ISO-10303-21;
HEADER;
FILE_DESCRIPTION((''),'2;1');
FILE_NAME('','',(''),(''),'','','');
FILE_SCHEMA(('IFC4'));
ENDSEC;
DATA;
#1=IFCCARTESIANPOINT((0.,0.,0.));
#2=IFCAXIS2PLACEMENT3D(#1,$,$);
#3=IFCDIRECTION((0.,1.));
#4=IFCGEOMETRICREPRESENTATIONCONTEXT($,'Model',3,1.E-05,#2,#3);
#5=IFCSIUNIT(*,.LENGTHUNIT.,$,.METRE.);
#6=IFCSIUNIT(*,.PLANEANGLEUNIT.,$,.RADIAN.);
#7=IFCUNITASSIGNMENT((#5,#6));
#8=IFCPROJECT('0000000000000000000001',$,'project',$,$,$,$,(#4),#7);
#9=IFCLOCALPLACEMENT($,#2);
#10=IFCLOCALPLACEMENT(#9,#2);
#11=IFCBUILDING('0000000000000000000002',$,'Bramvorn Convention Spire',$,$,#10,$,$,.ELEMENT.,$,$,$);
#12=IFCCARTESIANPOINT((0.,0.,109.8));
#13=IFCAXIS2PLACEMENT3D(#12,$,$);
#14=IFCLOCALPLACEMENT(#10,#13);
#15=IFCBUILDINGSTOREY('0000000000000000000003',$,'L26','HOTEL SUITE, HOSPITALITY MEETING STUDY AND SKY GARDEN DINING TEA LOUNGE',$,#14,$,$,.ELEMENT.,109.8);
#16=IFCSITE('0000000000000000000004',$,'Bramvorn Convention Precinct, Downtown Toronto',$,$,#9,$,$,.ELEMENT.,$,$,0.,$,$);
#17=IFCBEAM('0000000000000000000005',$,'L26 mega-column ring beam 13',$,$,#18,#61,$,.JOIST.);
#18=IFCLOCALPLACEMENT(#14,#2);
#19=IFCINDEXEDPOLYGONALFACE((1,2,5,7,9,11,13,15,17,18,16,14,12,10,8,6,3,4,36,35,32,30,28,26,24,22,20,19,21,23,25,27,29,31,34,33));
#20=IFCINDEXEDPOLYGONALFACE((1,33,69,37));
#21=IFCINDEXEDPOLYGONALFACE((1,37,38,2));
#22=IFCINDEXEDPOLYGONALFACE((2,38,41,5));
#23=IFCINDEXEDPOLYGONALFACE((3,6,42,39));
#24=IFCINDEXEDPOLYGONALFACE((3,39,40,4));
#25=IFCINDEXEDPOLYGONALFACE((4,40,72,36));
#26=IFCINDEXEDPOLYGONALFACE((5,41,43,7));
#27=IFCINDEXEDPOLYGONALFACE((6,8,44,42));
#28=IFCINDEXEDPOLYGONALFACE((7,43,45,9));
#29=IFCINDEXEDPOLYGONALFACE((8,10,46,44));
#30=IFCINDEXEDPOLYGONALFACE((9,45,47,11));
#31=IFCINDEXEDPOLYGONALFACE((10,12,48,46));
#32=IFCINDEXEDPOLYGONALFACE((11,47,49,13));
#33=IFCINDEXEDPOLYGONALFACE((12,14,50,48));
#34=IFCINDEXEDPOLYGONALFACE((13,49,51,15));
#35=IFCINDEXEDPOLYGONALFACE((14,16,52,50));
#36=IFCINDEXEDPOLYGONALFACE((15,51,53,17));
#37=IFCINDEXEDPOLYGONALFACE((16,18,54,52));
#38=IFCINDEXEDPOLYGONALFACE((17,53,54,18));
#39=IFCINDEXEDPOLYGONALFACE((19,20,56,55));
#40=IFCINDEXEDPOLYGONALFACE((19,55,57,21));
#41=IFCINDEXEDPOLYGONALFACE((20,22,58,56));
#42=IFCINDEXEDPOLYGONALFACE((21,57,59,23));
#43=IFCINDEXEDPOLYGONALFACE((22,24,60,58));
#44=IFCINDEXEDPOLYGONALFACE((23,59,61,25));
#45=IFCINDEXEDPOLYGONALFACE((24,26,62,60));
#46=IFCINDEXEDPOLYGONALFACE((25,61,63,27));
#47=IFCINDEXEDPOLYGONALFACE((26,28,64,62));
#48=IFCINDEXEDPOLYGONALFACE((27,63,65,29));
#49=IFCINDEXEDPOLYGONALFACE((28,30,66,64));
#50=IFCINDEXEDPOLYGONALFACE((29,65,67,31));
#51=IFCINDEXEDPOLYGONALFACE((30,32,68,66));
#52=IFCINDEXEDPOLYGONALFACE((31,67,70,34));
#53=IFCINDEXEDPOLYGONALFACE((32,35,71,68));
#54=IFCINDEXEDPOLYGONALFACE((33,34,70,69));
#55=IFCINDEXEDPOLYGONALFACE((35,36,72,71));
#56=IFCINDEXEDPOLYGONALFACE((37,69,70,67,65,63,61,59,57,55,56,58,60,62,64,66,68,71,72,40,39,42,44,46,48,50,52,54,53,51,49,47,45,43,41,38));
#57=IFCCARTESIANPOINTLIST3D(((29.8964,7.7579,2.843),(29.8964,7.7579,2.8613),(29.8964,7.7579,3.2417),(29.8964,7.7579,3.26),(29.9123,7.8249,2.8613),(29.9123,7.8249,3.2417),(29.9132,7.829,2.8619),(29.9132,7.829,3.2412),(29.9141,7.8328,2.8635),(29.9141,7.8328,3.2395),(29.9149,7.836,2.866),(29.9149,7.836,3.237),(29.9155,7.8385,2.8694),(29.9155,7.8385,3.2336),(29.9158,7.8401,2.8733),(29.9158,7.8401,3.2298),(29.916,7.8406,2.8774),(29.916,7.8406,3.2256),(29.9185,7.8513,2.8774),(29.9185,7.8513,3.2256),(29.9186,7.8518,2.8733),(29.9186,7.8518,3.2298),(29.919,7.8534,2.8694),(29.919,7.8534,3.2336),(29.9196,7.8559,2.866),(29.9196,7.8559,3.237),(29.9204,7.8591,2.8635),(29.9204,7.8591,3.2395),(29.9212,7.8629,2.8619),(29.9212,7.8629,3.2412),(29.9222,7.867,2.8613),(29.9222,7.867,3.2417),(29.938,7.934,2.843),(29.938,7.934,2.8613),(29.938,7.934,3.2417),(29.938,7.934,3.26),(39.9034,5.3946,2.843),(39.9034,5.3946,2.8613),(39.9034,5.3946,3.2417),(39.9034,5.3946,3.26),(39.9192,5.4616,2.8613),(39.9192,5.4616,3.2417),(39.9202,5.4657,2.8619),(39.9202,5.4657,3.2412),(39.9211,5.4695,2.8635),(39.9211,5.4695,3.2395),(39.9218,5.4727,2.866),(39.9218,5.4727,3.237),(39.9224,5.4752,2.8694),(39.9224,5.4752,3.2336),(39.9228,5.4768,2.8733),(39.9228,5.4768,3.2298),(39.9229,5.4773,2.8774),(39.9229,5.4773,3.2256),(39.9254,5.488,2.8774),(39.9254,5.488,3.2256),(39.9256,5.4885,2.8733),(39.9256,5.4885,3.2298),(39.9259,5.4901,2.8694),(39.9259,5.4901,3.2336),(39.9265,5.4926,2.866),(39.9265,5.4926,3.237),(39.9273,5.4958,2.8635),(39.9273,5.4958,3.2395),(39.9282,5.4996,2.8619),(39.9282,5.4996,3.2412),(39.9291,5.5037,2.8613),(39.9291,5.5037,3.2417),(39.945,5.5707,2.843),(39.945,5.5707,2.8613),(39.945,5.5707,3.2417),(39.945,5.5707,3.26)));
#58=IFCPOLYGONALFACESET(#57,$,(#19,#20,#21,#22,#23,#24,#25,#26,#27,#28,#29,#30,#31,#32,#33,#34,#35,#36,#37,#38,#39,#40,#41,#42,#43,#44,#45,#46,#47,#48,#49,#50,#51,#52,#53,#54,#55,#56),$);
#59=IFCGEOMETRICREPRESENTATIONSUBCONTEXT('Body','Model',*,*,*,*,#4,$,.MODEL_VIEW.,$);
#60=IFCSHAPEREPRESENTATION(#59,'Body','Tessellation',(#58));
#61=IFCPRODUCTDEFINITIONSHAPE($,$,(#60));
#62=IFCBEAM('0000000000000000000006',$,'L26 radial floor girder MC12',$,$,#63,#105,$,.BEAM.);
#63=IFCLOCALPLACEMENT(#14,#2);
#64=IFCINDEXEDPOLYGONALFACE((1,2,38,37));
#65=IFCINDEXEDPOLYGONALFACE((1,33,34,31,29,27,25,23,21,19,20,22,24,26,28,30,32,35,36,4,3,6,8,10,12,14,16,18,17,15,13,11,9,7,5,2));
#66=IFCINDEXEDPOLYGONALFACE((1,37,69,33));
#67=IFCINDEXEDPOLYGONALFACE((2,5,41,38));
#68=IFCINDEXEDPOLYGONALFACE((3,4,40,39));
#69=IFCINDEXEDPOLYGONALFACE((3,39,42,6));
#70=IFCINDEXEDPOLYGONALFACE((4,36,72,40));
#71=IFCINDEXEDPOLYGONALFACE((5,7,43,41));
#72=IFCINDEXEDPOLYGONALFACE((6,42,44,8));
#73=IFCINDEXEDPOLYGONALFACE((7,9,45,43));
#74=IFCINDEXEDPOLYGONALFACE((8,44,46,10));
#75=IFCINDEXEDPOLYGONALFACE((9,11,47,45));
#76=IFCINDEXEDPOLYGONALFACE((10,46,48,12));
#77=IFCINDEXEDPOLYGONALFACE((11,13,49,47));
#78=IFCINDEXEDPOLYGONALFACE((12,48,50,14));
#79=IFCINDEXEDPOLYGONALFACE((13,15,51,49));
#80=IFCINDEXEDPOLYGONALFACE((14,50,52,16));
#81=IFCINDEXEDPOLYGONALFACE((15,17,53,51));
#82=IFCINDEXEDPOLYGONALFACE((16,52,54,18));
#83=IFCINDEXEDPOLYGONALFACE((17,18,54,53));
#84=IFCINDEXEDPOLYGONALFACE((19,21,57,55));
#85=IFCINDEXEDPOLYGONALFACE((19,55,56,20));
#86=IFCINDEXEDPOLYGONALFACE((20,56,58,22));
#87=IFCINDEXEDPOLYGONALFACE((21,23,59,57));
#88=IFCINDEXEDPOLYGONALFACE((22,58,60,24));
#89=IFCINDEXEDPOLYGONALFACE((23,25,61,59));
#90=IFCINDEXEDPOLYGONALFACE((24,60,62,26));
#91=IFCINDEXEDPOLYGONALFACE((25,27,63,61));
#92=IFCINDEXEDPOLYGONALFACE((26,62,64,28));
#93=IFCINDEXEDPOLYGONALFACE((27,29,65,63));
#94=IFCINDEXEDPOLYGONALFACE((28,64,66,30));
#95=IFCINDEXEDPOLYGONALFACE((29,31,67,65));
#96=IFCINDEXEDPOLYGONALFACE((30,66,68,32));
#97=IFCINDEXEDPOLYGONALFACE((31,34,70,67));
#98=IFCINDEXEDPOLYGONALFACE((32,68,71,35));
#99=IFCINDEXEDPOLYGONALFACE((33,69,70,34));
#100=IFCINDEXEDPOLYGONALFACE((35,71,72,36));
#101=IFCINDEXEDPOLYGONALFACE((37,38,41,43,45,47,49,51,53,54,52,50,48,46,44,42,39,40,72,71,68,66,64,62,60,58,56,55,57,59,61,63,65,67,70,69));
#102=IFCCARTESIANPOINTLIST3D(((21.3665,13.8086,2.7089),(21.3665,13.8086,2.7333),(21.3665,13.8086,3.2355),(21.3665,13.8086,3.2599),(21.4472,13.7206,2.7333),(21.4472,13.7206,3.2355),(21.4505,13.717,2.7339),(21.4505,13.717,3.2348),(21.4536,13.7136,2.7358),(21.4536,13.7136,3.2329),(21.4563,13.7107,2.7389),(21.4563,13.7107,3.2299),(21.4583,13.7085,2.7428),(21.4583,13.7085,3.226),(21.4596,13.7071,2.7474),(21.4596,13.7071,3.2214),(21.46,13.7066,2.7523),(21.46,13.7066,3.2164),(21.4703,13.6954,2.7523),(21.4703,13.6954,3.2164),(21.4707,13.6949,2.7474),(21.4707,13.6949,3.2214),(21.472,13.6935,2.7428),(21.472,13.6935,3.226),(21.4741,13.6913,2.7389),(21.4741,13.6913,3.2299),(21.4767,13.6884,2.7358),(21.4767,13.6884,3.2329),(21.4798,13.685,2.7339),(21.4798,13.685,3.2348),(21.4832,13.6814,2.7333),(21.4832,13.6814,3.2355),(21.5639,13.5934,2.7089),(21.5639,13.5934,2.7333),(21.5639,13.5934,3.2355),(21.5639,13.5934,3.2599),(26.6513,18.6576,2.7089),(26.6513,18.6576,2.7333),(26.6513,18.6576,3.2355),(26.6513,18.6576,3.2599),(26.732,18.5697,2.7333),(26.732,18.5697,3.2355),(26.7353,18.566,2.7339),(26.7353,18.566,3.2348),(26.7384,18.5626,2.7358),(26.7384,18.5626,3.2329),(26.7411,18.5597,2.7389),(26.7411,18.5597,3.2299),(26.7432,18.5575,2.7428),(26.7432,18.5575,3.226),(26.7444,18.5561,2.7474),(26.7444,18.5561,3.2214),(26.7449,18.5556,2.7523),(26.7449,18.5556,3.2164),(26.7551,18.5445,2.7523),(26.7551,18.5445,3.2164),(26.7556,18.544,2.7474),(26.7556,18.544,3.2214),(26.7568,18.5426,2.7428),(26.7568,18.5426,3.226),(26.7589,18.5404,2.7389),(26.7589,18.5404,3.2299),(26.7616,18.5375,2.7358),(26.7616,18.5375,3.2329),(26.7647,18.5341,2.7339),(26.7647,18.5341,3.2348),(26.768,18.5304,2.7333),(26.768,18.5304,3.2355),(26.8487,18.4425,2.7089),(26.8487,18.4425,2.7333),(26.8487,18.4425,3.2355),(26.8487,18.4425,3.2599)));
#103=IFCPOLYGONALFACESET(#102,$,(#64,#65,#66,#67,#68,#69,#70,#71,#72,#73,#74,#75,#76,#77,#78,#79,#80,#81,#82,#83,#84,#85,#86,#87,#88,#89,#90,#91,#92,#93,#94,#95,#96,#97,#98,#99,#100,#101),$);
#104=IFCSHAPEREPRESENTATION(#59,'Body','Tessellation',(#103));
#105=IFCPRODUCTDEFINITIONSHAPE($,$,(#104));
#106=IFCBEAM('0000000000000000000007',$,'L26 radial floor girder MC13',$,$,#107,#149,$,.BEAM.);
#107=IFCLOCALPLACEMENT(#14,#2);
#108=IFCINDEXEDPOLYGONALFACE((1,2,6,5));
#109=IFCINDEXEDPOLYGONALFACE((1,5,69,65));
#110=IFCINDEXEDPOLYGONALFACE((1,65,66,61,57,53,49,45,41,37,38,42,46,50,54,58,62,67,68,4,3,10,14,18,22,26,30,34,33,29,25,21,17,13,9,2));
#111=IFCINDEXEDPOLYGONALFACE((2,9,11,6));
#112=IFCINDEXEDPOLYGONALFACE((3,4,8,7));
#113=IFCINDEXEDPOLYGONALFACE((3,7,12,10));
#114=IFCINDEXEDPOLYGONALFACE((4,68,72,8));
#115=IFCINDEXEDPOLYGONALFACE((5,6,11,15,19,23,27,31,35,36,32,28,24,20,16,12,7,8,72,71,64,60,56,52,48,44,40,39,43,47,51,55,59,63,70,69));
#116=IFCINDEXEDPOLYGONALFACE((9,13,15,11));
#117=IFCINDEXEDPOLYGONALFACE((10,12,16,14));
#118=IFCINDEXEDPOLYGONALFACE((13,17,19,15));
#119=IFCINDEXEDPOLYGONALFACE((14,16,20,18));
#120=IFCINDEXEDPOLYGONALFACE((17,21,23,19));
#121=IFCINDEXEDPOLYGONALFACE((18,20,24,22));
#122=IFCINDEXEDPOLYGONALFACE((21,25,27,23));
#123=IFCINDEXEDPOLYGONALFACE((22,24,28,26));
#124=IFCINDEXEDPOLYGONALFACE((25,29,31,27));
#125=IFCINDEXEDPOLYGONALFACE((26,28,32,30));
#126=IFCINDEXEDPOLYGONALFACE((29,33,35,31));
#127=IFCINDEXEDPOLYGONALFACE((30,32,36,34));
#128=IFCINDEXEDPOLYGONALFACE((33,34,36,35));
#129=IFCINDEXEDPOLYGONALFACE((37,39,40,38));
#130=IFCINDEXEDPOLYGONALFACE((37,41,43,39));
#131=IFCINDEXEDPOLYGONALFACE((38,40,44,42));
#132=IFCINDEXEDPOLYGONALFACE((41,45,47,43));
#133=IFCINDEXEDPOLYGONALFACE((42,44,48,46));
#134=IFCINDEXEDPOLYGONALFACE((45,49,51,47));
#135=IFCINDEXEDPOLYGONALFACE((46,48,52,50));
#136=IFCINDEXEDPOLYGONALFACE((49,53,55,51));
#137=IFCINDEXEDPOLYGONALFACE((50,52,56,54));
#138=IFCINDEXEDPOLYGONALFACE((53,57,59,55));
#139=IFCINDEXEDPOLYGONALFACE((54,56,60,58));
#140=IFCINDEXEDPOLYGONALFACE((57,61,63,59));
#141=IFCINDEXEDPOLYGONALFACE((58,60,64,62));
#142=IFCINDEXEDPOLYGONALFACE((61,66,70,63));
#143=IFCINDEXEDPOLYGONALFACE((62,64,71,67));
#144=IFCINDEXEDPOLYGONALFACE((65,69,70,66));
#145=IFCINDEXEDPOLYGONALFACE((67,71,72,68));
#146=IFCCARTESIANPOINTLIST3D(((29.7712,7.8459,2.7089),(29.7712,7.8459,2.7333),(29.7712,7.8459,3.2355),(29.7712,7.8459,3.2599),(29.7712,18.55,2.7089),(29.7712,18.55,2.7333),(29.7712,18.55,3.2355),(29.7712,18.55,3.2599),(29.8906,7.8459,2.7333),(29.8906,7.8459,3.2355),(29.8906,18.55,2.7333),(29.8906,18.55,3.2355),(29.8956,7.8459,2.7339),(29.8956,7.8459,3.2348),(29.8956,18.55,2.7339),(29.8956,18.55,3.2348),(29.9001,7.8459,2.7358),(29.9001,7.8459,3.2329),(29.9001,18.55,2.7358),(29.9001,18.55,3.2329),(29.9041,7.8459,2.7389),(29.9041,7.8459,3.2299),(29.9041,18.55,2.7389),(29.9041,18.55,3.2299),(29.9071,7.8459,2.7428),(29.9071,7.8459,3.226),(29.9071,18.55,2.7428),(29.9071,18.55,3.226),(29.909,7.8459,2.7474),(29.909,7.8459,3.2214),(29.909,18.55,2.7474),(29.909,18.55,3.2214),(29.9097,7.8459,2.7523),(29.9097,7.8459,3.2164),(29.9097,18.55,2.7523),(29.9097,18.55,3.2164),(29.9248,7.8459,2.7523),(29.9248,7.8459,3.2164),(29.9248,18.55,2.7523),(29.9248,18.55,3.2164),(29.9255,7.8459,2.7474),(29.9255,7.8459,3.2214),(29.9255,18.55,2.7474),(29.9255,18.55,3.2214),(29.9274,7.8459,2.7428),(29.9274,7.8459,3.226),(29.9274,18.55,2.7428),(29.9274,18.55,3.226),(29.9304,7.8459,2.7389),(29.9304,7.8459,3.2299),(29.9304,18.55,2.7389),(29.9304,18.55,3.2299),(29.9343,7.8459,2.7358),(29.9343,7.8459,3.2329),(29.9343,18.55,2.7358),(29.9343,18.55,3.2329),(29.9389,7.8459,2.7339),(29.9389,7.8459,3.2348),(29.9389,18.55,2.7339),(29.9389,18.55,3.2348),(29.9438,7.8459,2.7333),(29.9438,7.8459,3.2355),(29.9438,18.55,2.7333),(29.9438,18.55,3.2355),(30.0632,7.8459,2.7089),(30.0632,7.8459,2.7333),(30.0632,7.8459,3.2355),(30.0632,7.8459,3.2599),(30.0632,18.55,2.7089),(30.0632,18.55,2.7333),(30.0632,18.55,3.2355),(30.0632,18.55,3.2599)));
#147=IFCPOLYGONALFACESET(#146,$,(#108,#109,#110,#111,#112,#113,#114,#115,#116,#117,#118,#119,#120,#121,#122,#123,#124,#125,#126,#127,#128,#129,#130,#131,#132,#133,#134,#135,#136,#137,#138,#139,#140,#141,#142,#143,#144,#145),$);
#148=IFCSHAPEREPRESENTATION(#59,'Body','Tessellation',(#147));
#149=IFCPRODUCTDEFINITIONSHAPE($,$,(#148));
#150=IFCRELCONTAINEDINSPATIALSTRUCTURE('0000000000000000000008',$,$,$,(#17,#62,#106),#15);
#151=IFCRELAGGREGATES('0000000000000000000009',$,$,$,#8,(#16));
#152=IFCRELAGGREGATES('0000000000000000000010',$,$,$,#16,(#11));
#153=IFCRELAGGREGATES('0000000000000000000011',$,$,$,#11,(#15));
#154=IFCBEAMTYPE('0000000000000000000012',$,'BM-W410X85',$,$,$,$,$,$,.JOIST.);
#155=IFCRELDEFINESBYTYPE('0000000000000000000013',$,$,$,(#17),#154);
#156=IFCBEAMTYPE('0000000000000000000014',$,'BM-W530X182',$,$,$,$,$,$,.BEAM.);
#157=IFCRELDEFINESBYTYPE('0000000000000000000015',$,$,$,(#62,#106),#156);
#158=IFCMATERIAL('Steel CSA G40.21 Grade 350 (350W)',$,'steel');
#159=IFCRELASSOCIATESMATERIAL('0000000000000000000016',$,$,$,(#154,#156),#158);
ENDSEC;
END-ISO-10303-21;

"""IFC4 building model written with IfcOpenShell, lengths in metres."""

from ifc_helpers import new_model, si_unit, direction, frame, origin, origin_2d, place, context, subcontext, project, spatial, i_section, extrude, material, material_profile, profile_set, type_object, element, save


model = new_model("IFC4")

# Units and contexts
model_context = context("Model", 3, precision=1e-05, world=origin(), true_north=direction((0.0, 1.0)))
body_context = subcontext(model_context, "Body", "Model", "MODEL_VIEW")
ifc_project = project(units=[si_unit("LENGTHUNIT", "METRE"), si_unit("PLANEANGLEUNIT", "RADIAN")], contexts=[model_context])

# Site, building, storey
site_placement = place(None, origin())
site = spatial("IfcSite", under=ifc_project, at=site_placement, Name="Bramvorn Convention Precinct, Downtown Toronto", CompositionType="ELEMENT", RefElevation=0.0)
building_placement = place(site_placement, origin())
building = spatial("IfcBuilding", under=site, at=building_placement, Name="Bramvorn Convention Spire", CompositionType="ELEMENT")
storey_placement = place(building_placement, frame((0.0, 0.0, 109.8)))
storey = spatial("IfcBuildingStorey", under=building, at=storey_placement, Name="L26", Description="HOTEL SUITE, HOSPITALITY MEETING STUDY AND SKY GARDEN DINING TEA LOUNGE", CompositionType="ELEMENT", Elevation=109.8)

# Shared definitions
ifc_material_1 = material(Name="Steel CSA G40.21 Grade 350 (350W)", Category="steel")

# Beams
ifc_material_profile_1 = material_profile(ifc_material_1, i_section(OverallWidth=0.1809, OverallDepth=0.417, WebThickness=0.011, FlangeThickness=0.0183, FilletRadius=0.0161, at=origin_2d()))
ifc_profile_set_1 = profile_set([ifc_material_profile_1], Name="Steel CSA G40.21 Grade 350 (350W) - W410X85")
beam_type_1 = type_object("IfcBeamType", Name="BM-W410X85", PredefinedType="JOIST", material=ifc_profile_set_1)
beam_1_placement = place(storey_placement, frame((29.9172, 7.8459, 3.0515), z_axis=(0.973228, -0.229844, 0.0), x_axis=(0.229844, 0.973228, 0.0)))
element("IfcBeam", 1, at=beam_1_placement, inside=storey, type_object=beam_type_1, Name="L26 mega-column ring beam 13", PredefinedType="JOIST", context=body_context, shape_type="SweptSolid", body=[
    extrude(i_section(OverallWidth=0.1809, OverallDepth=0.417, WebThickness=0.011, FlangeThickness=0.0183, FilletRadius=0.0161, at=origin_2d()), origin(), (0.0, 0.0, 1.0), 10.2822),
])
ifc_material_profile_2 = material_profile(ifc_material_1, i_section(OverallWidth=0.292, OverallDepth=0.551, WebThickness=0.0151, FlangeThickness=0.0244, FilletRadius=0.019, at=origin_2d()))
ifc_profile_set_2 = profile_set([ifc_material_profile_2], Name="Steel CSA G40.21 Grade 350 (350W) - W530X182")
beam_type_2 = type_object("IfcBeamType", Name="BM-W530X182", PredefinedType="BEAM", material=ifc_profile_set_2)
beam_2_placement = place(storey_placement, frame((26.75, 18.55, 2.9844), z_axis=(-0.736833, -0.676074, 0.0), x_axis=(0.676074, -0.736833, 0.0)))
element("IfcBeam", 2, at=beam_2_placement, inside=storey, type_object=beam_type_2, Name="L26 radial floor girder MC12", PredefinedType="BEAM", context=body_context, shape_type="SweptSolid", body=[
    extrude(i_section(OverallWidth=0.292, OverallDepth=0.551, WebThickness=0.0151, FlangeThickness=0.0244, FilletRadius=0.019, at=origin_2d()), origin(), (0.0, 0.0, 1.0), 7.1724),
])
beam_3_placement = place(storey_placement, frame((29.9172, 18.55, 2.9844), z_axis=(0.0, -1.0, 0.0), x_axis=(1.0, 0.0, 0.0)))
element("IfcBeam", 3, at=beam_3_placement, inside=storey, type_object=beam_type_2, Name="L26 radial floor girder MC13", PredefinedType="BEAM", context=body_context, shape_type="SweptSolid", body=[
    extrude(i_section(OverallWidth=0.292, OverallDepth=0.551, WebThickness=0.0151, FlangeThickness=0.0244, FilletRadius=0.019, at=origin_2d()), origin(), (0.0, 0.0, 1.0), 10.7041),
])

save(model, "model.ifc")
